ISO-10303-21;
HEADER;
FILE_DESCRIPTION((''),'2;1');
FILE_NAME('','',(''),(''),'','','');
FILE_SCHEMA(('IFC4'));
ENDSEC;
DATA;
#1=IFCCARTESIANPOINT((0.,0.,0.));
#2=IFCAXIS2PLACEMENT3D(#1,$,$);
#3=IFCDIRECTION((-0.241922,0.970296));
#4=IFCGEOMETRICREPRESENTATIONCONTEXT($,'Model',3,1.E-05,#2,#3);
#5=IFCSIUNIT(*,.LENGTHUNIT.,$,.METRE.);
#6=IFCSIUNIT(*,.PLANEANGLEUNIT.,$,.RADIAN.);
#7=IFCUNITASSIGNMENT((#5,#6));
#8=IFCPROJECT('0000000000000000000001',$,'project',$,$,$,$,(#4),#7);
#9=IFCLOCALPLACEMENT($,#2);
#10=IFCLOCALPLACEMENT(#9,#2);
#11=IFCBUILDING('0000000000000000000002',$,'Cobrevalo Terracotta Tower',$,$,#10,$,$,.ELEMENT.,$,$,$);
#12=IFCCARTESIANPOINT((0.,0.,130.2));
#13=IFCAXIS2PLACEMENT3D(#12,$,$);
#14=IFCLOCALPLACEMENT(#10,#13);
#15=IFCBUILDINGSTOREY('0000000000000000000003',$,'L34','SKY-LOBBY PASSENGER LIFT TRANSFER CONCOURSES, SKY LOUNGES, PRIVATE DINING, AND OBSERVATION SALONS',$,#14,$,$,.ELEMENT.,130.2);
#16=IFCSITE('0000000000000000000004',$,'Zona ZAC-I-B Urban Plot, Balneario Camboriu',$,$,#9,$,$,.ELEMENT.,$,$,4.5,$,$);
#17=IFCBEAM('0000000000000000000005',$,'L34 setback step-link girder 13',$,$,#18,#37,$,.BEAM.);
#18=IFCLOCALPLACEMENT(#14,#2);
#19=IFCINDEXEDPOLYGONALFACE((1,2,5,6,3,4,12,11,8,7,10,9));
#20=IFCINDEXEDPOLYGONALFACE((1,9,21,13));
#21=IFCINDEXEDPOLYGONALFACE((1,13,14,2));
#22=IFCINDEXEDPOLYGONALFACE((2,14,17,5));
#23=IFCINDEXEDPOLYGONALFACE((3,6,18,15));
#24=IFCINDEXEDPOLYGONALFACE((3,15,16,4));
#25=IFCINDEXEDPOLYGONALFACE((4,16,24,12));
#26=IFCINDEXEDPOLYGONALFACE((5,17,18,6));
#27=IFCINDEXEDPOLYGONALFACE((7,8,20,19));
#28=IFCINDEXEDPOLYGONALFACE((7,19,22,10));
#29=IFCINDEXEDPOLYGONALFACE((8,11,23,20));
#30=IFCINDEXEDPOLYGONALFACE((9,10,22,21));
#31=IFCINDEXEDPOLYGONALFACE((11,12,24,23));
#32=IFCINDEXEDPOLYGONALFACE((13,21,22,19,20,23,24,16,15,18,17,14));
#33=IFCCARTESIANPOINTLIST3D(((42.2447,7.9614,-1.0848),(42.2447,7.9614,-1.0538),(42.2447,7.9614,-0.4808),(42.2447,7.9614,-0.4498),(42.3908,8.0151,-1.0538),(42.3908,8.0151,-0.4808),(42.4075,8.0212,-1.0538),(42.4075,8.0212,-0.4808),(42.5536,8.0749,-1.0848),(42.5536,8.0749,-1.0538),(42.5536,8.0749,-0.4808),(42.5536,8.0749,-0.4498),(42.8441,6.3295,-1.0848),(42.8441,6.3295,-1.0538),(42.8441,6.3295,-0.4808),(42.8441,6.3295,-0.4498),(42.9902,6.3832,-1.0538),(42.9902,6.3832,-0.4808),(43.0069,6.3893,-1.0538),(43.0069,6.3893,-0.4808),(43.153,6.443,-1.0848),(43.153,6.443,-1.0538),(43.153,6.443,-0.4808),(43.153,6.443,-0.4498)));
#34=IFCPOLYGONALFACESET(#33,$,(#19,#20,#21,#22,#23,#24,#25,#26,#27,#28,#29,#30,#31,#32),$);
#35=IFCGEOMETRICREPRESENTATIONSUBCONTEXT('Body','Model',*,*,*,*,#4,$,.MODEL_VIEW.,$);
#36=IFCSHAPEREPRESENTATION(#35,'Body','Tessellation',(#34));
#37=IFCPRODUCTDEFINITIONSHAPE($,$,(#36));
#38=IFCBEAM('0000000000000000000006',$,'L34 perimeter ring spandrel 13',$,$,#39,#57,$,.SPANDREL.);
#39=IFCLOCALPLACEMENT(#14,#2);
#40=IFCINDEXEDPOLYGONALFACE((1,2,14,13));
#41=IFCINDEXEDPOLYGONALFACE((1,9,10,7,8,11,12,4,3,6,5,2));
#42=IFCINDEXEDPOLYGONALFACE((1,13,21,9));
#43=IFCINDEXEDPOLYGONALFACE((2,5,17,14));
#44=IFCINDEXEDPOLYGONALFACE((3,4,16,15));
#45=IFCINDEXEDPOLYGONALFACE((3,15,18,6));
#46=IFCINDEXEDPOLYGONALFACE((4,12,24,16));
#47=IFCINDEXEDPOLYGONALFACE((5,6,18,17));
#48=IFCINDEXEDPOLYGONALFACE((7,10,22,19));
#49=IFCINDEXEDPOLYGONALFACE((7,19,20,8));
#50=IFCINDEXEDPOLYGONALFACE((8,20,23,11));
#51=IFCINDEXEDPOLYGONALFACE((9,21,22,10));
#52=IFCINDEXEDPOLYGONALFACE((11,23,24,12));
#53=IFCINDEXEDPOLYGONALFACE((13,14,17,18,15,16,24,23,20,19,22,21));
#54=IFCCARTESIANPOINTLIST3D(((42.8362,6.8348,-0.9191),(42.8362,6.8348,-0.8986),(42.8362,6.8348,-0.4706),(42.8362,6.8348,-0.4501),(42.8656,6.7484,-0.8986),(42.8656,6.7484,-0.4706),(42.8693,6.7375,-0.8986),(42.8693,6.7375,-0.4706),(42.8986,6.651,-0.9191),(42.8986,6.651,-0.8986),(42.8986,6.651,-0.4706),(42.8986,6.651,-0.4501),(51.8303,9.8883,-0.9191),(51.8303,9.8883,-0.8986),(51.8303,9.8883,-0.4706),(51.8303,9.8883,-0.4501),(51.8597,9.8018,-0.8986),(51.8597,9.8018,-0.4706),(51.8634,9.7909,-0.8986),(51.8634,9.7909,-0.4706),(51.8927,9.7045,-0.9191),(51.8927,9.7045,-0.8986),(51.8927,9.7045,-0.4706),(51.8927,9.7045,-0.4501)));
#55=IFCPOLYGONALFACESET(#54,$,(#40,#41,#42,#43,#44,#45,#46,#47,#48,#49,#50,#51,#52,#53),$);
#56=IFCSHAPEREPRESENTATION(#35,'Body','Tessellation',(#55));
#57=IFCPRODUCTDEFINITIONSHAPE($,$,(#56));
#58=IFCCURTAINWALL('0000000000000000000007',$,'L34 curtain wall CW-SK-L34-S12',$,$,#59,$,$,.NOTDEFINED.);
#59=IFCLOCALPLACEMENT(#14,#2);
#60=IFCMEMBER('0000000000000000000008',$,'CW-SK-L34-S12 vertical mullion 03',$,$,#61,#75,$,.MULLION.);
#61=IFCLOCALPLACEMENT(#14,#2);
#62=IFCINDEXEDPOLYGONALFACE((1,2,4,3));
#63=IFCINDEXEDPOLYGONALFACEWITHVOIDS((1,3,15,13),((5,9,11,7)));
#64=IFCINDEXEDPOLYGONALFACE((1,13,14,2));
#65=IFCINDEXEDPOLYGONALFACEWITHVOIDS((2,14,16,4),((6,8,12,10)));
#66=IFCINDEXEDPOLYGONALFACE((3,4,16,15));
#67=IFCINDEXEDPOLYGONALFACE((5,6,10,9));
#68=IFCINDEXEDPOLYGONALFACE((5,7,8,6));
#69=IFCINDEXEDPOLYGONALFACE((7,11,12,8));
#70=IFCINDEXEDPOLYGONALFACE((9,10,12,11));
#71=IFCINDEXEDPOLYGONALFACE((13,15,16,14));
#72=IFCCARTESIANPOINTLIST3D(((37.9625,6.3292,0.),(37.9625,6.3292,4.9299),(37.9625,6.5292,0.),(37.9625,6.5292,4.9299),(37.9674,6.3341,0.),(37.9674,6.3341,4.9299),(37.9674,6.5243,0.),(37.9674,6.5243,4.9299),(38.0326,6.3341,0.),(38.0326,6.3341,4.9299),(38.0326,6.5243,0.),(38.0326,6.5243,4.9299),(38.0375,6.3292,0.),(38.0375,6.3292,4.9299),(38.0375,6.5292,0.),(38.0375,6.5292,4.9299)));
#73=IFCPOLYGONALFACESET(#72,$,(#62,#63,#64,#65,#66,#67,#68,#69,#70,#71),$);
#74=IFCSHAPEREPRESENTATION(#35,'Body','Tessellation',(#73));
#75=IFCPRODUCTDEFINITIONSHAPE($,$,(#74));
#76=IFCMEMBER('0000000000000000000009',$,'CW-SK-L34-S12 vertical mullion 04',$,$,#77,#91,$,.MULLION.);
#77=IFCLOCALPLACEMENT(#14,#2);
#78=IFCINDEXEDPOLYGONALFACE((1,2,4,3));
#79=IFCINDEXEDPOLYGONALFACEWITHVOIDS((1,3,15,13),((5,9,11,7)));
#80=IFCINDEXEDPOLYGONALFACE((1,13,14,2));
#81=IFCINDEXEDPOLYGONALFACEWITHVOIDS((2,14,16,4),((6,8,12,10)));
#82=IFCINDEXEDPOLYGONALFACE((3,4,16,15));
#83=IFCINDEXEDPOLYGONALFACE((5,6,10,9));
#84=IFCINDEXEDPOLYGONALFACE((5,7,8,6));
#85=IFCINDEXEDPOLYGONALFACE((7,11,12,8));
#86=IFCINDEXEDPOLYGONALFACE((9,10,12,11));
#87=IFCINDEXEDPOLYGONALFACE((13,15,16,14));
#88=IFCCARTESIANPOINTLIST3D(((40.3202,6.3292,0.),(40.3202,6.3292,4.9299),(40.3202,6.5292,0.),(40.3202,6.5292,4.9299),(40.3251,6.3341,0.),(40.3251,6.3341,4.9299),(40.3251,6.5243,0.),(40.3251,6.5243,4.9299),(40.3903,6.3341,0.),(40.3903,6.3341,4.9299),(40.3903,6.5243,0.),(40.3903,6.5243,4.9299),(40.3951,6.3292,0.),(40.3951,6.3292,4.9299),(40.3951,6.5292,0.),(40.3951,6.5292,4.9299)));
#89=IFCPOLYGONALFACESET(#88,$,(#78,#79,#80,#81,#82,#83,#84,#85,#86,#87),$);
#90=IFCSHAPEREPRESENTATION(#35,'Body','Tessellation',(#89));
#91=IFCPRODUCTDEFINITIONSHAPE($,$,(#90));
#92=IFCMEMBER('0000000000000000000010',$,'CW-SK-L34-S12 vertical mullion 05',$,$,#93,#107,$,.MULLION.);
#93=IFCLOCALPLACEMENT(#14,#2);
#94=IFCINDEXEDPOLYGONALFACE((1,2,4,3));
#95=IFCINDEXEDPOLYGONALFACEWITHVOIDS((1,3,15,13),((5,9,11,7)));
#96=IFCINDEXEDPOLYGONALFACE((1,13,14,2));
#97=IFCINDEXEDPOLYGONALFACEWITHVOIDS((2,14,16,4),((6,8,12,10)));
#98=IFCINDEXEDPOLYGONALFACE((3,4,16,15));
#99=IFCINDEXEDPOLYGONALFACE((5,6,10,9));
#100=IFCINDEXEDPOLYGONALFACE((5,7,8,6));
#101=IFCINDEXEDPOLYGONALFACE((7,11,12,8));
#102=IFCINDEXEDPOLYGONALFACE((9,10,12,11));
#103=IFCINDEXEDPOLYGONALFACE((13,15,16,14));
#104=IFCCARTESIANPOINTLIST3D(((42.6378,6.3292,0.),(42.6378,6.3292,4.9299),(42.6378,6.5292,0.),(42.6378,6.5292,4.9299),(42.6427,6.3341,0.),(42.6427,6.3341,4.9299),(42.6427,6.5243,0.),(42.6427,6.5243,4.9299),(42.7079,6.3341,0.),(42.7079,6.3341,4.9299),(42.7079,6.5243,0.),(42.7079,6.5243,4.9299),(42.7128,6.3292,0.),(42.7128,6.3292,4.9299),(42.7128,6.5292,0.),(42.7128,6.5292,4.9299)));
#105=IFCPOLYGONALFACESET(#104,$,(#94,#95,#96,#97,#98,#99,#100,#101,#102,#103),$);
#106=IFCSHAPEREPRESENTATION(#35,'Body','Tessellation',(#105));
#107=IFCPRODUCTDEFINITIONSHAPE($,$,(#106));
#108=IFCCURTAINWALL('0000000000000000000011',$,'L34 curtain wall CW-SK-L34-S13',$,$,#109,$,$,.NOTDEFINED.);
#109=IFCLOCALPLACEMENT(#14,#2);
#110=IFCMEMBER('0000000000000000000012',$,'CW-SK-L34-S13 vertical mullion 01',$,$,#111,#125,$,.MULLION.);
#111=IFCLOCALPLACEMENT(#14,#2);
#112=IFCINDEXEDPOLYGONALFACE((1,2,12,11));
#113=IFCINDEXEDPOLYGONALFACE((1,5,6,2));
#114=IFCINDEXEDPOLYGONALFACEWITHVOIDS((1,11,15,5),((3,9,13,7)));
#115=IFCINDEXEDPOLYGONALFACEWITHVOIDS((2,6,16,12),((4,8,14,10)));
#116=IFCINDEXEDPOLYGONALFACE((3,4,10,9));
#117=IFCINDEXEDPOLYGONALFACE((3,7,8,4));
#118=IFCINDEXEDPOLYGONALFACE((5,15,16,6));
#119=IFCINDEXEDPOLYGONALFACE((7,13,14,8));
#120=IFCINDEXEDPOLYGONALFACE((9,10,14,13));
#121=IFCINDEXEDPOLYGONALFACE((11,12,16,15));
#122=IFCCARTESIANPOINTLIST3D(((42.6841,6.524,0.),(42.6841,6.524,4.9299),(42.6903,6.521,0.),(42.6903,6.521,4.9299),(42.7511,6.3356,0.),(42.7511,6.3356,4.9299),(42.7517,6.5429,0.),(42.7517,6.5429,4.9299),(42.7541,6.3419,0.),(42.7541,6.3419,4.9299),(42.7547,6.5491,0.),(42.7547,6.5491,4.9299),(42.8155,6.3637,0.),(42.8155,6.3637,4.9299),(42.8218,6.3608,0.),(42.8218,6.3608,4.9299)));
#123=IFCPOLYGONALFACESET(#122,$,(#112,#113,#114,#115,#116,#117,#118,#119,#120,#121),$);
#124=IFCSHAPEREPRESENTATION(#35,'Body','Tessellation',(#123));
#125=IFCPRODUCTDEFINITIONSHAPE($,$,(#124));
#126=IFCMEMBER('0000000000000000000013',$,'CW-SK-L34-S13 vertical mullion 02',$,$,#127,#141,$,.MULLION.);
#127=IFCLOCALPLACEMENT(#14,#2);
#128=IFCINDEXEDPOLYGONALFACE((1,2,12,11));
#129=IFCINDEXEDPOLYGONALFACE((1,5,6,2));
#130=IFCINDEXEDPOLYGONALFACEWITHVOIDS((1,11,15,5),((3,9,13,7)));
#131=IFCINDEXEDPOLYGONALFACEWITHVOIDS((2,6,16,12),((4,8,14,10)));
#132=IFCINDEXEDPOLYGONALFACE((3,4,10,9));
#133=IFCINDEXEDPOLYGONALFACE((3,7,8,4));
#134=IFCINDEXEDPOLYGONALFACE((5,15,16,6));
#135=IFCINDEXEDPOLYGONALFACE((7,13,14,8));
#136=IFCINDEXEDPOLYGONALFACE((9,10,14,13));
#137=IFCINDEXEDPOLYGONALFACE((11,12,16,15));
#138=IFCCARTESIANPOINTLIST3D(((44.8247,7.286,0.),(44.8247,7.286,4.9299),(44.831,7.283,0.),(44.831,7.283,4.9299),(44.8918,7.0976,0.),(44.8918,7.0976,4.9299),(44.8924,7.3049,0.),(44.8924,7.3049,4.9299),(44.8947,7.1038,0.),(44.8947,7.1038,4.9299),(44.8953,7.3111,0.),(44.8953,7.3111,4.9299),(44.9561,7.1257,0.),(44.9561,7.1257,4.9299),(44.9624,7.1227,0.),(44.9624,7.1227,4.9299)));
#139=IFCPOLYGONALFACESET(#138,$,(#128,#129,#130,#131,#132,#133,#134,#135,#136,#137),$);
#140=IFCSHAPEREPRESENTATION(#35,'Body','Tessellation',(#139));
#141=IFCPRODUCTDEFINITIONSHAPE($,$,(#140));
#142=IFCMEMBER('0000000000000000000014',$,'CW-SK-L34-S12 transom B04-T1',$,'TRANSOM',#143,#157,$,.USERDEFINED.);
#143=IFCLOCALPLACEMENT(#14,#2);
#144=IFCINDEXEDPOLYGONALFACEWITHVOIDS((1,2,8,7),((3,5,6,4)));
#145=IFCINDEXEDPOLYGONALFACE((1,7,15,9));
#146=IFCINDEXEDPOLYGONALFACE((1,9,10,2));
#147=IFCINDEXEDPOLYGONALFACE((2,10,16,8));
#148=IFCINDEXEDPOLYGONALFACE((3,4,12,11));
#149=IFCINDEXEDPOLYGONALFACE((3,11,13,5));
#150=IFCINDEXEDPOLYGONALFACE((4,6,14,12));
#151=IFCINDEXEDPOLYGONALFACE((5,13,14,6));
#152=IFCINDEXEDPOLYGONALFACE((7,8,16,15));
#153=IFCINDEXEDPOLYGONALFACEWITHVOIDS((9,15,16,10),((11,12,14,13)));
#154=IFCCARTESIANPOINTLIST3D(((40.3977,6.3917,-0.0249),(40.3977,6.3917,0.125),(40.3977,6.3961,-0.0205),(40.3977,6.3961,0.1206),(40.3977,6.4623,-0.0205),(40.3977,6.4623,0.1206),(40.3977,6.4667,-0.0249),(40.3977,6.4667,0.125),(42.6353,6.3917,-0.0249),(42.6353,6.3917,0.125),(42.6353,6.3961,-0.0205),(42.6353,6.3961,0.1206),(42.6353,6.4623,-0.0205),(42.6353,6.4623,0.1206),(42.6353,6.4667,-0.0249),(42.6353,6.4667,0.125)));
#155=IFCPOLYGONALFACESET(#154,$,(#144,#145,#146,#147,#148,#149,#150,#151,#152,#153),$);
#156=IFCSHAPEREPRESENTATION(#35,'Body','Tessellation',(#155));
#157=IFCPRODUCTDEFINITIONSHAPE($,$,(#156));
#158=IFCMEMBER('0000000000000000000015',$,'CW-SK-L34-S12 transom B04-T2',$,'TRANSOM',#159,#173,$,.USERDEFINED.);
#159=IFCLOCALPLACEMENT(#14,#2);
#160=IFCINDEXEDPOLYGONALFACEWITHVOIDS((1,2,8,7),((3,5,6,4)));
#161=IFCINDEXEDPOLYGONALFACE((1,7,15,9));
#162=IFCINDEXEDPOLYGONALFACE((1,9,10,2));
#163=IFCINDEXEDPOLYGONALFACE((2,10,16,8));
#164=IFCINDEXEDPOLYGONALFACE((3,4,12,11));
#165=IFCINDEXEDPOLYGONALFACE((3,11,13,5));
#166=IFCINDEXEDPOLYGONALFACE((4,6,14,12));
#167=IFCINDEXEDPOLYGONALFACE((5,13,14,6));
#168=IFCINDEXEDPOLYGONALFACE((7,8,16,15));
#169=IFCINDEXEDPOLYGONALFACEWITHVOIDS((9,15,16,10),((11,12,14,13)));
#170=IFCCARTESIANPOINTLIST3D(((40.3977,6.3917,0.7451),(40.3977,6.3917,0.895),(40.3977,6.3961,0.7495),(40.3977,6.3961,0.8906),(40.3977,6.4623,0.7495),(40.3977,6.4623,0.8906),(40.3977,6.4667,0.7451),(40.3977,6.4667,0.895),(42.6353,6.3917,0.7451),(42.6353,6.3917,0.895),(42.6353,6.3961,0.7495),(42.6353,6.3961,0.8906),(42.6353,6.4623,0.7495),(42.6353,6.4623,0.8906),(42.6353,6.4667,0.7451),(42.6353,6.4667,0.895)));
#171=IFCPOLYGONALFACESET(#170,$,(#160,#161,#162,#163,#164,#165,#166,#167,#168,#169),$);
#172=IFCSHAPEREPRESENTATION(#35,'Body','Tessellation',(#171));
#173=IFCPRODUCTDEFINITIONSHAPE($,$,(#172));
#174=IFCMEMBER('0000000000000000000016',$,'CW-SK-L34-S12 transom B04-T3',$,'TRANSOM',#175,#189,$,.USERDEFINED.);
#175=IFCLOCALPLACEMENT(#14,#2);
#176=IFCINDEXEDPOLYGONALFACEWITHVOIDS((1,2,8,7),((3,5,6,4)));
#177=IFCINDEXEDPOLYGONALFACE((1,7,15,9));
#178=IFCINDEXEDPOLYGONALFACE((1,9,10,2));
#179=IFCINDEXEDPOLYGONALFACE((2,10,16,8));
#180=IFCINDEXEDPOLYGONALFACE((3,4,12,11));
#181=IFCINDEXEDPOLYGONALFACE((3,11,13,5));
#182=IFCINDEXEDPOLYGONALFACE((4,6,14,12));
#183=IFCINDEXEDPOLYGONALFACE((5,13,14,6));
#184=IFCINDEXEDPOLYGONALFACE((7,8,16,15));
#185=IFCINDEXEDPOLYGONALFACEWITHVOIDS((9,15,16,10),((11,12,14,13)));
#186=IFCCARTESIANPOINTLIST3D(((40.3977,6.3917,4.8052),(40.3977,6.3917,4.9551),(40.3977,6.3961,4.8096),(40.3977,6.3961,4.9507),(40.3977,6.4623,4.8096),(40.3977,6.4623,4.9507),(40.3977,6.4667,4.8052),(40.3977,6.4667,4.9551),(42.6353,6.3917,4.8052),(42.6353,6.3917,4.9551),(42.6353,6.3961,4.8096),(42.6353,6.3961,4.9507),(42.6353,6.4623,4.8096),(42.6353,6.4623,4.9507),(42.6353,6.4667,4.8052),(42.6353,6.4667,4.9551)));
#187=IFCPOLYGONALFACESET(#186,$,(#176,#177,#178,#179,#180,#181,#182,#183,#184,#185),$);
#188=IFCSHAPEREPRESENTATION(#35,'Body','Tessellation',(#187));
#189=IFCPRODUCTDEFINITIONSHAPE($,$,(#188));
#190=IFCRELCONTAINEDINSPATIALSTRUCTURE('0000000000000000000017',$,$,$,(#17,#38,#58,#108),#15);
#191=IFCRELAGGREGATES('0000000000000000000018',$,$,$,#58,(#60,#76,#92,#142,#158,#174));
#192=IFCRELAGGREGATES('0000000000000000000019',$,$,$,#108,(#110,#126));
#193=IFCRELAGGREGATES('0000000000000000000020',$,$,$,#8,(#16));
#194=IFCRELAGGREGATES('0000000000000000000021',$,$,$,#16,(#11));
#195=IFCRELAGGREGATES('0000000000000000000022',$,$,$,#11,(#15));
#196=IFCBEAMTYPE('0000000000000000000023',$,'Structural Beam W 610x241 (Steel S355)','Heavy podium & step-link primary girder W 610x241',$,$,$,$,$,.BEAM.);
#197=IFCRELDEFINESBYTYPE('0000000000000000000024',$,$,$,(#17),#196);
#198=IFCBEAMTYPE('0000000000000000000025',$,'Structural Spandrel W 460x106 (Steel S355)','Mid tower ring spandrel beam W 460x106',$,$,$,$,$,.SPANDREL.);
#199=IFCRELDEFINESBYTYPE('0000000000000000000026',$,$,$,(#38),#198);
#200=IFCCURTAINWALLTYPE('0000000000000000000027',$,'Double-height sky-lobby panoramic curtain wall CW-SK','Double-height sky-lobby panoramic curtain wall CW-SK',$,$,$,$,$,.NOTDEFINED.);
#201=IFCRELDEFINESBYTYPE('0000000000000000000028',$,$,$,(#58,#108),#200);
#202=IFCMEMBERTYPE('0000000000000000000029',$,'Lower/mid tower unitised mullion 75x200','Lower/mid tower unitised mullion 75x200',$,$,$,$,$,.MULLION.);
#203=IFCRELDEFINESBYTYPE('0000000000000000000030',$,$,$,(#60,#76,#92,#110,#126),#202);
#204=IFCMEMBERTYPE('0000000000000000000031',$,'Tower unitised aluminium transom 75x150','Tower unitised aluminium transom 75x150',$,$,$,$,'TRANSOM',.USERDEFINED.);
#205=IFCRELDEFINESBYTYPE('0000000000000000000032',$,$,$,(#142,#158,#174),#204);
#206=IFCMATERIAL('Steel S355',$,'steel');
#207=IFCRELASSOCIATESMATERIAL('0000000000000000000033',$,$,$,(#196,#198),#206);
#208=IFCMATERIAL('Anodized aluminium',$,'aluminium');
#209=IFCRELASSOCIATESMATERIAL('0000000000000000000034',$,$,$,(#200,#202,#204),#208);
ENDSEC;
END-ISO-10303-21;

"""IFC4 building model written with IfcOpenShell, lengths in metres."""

from ifc_helpers import new_model, si_unit, direction, frame, origin, origin_2d, place, context, subcontext, project, spatial, hollow_rectangle, i_section, extrude, source, transform, mapped, material, material_profile, profile_set, type_object, element, aggregate, save


model = new_model("IFC4")

# Units and contexts
model_context = context("Model", 3, precision=1e-05, world=origin(), true_north=direction((-0.241922, 0.970296)))
body_context = subcontext(model_context, "Body", "Model", "MODEL_VIEW")
ifc_project = project(units=[si_unit("LENGTHUNIT", "METRE"), si_unit("PLANEANGLEUNIT", "RADIAN")], contexts=[model_context])

# Site, building, storey
site_placement = place(None, origin())
site = spatial("IfcSite", under=ifc_project, at=site_placement, Name="Zona ZAC-I-B Urban Plot, Balneario Camboriu", CompositionType="ELEMENT", RefElevation=4.5)
building_placement = place(site_placement, origin())
building = spatial("IfcBuilding", under=site, at=building_placement, Name="Cobrevalo Terracotta Tower", CompositionType="ELEMENT")
storey_placement = place(building_placement, frame((0.0, 0.0, 130.2)))
storey = spatial("IfcBuildingStorey", under=building, at=storey_placement, Name="L34", Description="SKY-LOBBY PASSENGER LIFT TRANSFER CONCOURSES, SKY LOUNGES, PRIVATE DINING, AND OBSERVATION SALONS", CompositionType="ELEMENT", Elevation=130.2)

# Beams
ifc_material_1 = material(Name="Steel S355", Category="steel")
ifc_material_profile_1 = material_profile(ifc_material_1, i_section(OverallWidth=0.3291, OverallDepth=0.635, WebThickness=0.0178, FlangeThickness=0.031, at=origin_2d()), Name="W 610x241")
ifc_profile_set_1 = profile_set([ifc_material_profile_1], Name="Steel S355")
beam_type_1 = type_object("IfcBeamType", Name="Structural Beam W 610x241 (Steel S355)", Description="Heavy podium & step-link primary girder W 610x241", PredefinedType="BEAM", material=ifc_profile_set_1)
beam_1_placement = place(storey_placement, frame((42.9985, 6.3862, -0.7673), z_axis=(-0.344775, 0.938686, 0.0), x_axis=(-0.938686, -0.344775, 0.0)))
element("IfcBeam", 1, at=beam_1_placement, inside=storey, type_object=beam_type_1, Name="L34 setback step-link girder 13", PredefinedType="BEAM", context=body_context, shape_type="SweptSolid", body=[
    extrude(i_section(OverallWidth=0.3291, OverallDepth=0.635, WebThickness=0.0178, FlangeThickness=0.031, at=origin_2d()), origin(), (0.0, 0.0, 1.0), 1.7385),
])
ifc_material_profile_2 = material_profile(ifc_material_1, i_section(OverallWidth=0.1941, OverallDepth=0.469, WebThickness=0.0115, FlangeThickness=0.0205, at=origin_2d()), Name="W 460x106")
ifc_profile_set_2 = profile_set([ifc_material_profile_2], Name="Steel S355")
beam_type_2 = type_object("IfcBeamType", Name="Structural Spandrel W 460x106 (Steel S355)", Description="Mid tower ring spandrel beam W 460x106", PredefinedType="SPANDREL", material=ifc_profile_set_2)
beam_2_placement = place(storey_placement, frame((42.8674, 6.7429, -0.6846), z_axis=(0.946918, 0.321474, 0.0), x_axis=(-0.321474, 0.946918, 0.0)))
element("IfcBeam", 2, at=beam_2_placement, inside=storey, type_object=beam_type_2, Name="L34 perimeter ring spandrel 13", PredefinedType="SPANDREL", context=body_context, shape_type="SweptSolid", body=[
    extrude(i_section(OverallWidth=0.1941, OverallDepth=0.469, WebThickness=0.0115, FlangeThickness=0.0205, at=origin_2d()), origin(), (0.0, 0.0, 1.0), 9.4983),
])

# Curtain walls, members
ifc_material_2 = material(Name="Anodized aluminium", Category="aluminium")
curtain_wall_type = type_object("IfcCurtainWallType", Name="Double-height sky-lobby panoramic curtain wall CW-SK", Description="Double-height sky-lobby panoramic curtain wall CW-SK", PredefinedType="NOTDEFINED", material=ifc_material_2)
curtain_wall_1_placement = place(storey_placement, origin())
curtain_wall_1 = element("IfcCurtainWall", 3, at=curtain_wall_1_placement, inside=storey, type_object=curtain_wall_type, Name="L34 curtain wall CW-SK-L34-S12", PredefinedType="NOTDEFINED")
ifc_material_profile_3 = material_profile(ifc_material_2, hollow_rectangle(XDim=0.075, YDim=0.2, WallThickness=0.0049, at=origin_2d()), Name="CWM 75x200")
ifc_profile_set_3 = profile_set([ifc_material_profile_3], Name="Anodized aluminium")
member_type_1 = type_object("IfcMemberType", Name="Lower/mid tower unitised mullion 75x200", Description="Lower/mid tower unitised mullion 75x200", PredefinedType="MULLION", material=ifc_profile_set_3)
shared_shape_1 = source(origin(), body_context, "Body", "SweptSolid", [
    extrude(hollow_rectangle(XDim=0.075, YDim=0.2, WallThickness=0.0049, at=origin_2d()), origin(), (0.0, 0.0, 1.0), 4.9299),
])
member_1_placement = place(storey_placement, frame((38.0, 6.4292, 0.0), z_axis=(0.0, 0.0, 1.0), x_axis=(1.0, 0.0, 0.0)))
member_1 = element("IfcMember", 4, at=member_1_placement, type_object=member_type_1, Name="CW-SK-L34-S12 vertical mullion 03", PredefinedType="MULLION", context=body_context, shape_type="MappedRepresentation", body=[
    mapped(shared_shape_1, transform((0.0, 0.0, 0.0), scale=1.0)),
])
member_2_placement = place(storey_placement, frame((40.3577, 6.4292, 0.0), z_axis=(0.0, 0.0, 1.0), x_axis=(1.0, 0.0, 0.0)))
member_2 = element("IfcMember", 5, at=member_2_placement, type_object=member_type_1, Name="CW-SK-L34-S12 vertical mullion 04", PredefinedType="MULLION", context=body_context, shape_type="MappedRepresentation", body=[
    mapped(shared_shape_1, transform((0.0, 0.0, 0.0), scale=1.0)),
])
member_3_placement = place(storey_placement, frame((42.6753, 6.4292, 0.0), z_axis=(0.0, 0.0, 1.0), x_axis=(1.0, 0.0, 0.0)))
member_3 = element("IfcMember", 6, at=member_3_placement, type_object=member_type_1, Name="CW-SK-L34-S12 vertical mullion 05", PredefinedType="MULLION", context=body_context, shape_type="MappedRepresentation", body=[
    mapped(shared_shape_1, transform((0.0, 0.0, 0.0), scale=1.0)),
])
curtain_wall_2_placement = place(storey_placement, origin())
curtain_wall_2 = element("IfcCurtainWall", 7, at=curtain_wall_2_placement, inside=storey, type_object=curtain_wall_type, Name="L34 curtain wall CW-SK-L34-S13", PredefinedType="NOTDEFINED")
member_4_placement = place(storey_placement, frame((42.7529, 6.4424, 0.0), z_axis=(0.0, 0.0, 1.0), x_axis=(0.942098, 0.335336, 0.0)))
member_4 = element("IfcMember", 8, at=member_4_placement, type_object=member_type_1, Name="CW-SK-L34-S13 vertical mullion 01", PredefinedType="MULLION", context=body_context, shape_type="MappedRepresentation", body=[
    mapped(shared_shape_1, transform((0.0, 0.0, 0.0), scale=1.0)),
])
member_5_placement = place(storey_placement, frame((44.8936, 7.2043, 0.0), z_axis=(0.0, 0.0, 1.0), x_axis=(0.942098, 0.335336, 0.0)))
member_5 = element("IfcMember", 9, at=member_5_placement, type_object=member_type_1, Name="CW-SK-L34-S13 vertical mullion 02", PredefinedType="MULLION", context=body_context, shape_type="MappedRepresentation", body=[
    mapped(shared_shape_1, transform((0.0, 0.0, 0.0), scale=1.0)),
])

# Members
ifc_material_profile_4 = material_profile(ifc_material_2, hollow_rectangle(XDim=0.075, YDim=0.1499, WallThickness=0.0044, at=origin_2d()), Name="CWT 75x150")
ifc_profile_set_4 = profile_set([ifc_material_profile_4], Name="Anodized aluminium")
member_type_2 = type_object("IfcMemberType", Name="Tower unitised aluminium transom 75x150", Description="Tower unitised aluminium transom 75x150", ElementType="TRANSOM", PredefinedType="USERDEFINED", material=ifc_profile_set_4)
shared_shape_2 = source(origin(), body_context, "Body", "SweptSolid", [
    extrude(hollow_rectangle(XDim=0.075, YDim=0.1499, WallThickness=0.0044, at=origin_2d()), origin(), (0.0, 0.0, 1.0), 2.2375),
])
member_6_placement = place(storey_placement, frame((40.3977, 6.4292, 0.05), z_axis=(1.0, 0.0, 0.0), x_axis=(0.0, 1.0, 0.0)))
member_6 = element("IfcMember", 10, at=member_6_placement, type_object=member_type_2, Name="CW-SK-L34-S12 transom B04-T1", ObjectType="TRANSOM", PredefinedType="USERDEFINED", context=body_context, shape_type="MappedRepresentation", body=[
    mapped(shared_shape_2, transform((0.0, 0.0, 0.0), scale=1.0)),
])
member_7_placement = place(storey_placement, frame((40.3977, 6.4292, 0.8201), z_axis=(1.0, 0.0, 0.0), x_axis=(0.0, 1.0, 0.0)))
member_7 = element("IfcMember", 11, at=member_7_placement, type_object=member_type_2, Name="CW-SK-L34-S12 transom B04-T2", ObjectType="TRANSOM", PredefinedType="USERDEFINED", context=body_context, shape_type="MappedRepresentation", body=[
    mapped(shared_shape_2, transform((0.0, 0.0, 0.0), scale=1.0)),
])
member_8_placement = place(storey_placement, frame((40.3977, 6.4292, 4.8801), z_axis=(1.0, 0.0, 0.0), x_axis=(0.0, 1.0, 0.0)))
member_8 = element("IfcMember", 12, at=member_8_placement, type_object=member_type_2, Name="CW-SK-L34-S12 transom B04-T3", ObjectType="TRANSOM", PredefinedType="USERDEFINED", context=body_context, shape_type="MappedRepresentation", body=[
    mapped(shared_shape_2, transform((0.0, 0.0, 0.0), scale=1.0)),
])

aggregate(curtain_wall_1, [member_1, member_2, member_3, member_6, member_7, member_8])
aggregate(curtain_wall_2, [member_4, member_5])

save(model, "model.ifc")
